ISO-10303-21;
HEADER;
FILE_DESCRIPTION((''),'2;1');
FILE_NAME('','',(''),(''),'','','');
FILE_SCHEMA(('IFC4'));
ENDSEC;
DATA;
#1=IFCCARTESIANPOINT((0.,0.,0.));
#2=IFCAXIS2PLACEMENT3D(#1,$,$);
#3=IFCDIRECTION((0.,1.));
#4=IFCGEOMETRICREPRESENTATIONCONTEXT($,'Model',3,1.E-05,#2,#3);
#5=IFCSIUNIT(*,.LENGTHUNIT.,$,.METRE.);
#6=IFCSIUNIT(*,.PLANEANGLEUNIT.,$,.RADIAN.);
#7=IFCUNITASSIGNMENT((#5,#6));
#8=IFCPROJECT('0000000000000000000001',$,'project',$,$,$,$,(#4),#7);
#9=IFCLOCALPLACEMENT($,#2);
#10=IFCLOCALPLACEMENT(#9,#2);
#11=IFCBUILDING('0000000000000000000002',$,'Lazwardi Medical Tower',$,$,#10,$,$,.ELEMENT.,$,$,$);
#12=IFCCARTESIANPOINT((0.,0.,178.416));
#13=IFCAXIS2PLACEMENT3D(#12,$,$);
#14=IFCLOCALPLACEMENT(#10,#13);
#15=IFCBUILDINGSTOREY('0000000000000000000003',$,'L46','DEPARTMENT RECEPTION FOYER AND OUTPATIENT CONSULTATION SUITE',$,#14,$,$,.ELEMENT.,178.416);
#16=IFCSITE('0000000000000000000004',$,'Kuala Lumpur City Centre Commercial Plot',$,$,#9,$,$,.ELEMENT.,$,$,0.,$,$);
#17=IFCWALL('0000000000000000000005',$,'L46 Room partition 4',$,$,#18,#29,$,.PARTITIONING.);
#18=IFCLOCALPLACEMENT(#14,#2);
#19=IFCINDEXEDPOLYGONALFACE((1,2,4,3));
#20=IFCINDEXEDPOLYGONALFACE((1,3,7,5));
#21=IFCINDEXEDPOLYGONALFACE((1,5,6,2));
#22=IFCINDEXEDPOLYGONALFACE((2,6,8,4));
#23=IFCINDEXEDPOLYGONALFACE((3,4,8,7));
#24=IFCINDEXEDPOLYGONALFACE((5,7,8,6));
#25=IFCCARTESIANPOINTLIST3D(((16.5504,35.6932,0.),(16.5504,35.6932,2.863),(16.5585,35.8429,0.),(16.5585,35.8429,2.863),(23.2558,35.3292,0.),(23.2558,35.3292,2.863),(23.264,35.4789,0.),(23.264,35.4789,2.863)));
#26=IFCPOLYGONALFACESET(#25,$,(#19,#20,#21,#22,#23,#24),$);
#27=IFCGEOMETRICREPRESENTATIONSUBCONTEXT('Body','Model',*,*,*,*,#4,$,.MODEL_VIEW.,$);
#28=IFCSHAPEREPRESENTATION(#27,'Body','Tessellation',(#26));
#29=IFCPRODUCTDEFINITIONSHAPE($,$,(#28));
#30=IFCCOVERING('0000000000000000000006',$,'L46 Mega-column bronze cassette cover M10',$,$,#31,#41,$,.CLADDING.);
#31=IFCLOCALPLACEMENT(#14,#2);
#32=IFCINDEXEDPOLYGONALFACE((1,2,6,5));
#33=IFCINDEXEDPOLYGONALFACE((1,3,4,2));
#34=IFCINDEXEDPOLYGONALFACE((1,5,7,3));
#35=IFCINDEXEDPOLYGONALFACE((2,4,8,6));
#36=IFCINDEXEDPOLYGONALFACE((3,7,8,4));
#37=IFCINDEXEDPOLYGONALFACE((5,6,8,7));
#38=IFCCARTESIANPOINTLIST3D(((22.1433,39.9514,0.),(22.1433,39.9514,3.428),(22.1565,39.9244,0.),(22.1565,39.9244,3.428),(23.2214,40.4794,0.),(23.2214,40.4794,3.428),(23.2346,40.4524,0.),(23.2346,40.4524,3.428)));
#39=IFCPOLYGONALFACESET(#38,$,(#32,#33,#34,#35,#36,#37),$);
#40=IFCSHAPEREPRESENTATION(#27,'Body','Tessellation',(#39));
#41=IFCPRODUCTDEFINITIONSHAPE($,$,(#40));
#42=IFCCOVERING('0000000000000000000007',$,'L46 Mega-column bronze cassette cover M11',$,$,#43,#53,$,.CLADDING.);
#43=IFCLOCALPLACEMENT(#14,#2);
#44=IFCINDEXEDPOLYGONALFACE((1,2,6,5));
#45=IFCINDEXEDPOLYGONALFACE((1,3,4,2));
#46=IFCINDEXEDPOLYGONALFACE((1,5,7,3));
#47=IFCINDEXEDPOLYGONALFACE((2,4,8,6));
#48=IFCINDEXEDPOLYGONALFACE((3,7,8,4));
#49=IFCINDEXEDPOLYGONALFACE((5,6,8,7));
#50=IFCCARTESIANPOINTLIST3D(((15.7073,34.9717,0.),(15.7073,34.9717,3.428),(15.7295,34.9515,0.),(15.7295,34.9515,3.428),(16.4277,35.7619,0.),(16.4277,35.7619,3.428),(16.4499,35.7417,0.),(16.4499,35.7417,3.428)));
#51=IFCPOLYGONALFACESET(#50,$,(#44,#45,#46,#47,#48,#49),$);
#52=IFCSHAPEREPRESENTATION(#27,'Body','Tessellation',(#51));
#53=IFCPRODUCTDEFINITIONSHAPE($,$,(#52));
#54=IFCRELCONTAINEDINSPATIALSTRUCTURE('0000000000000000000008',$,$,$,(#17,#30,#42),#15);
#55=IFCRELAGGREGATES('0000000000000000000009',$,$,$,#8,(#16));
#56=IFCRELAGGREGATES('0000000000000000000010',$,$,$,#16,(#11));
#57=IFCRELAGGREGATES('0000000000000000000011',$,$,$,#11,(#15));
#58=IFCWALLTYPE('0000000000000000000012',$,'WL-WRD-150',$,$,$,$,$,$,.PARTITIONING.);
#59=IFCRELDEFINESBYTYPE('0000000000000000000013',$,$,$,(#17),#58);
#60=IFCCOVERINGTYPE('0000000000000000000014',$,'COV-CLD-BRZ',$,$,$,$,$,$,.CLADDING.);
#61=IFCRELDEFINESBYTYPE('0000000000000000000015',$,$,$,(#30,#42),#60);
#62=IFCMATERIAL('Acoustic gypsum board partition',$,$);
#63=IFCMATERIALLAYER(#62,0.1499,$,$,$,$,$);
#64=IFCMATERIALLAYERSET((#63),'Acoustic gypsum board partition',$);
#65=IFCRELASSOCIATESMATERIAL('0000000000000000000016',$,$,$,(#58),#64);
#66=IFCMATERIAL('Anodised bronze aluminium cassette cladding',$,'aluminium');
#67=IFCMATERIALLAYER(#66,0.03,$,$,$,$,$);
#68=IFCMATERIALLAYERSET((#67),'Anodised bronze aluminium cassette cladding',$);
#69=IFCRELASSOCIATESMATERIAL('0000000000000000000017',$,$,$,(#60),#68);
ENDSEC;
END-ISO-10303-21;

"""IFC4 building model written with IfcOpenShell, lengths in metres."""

from ifc_helpers import new_model, si_unit, direction, frame, frame_2d, origin, origin_2d, place, context, subcontext, project, spatial, rectangle, extrude, material, layer, layer_set, type_object, element, save


model = new_model("IFC4")

# Units and contexts
model_context = context("Model", 3, precision=1e-05, world=origin(), true_north=direction((0.0, 1.0)))
body_context = subcontext(model_context, "Body", "Model", "MODEL_VIEW")
ifc_project = project(units=[si_unit("LENGTHUNIT", "METRE"), si_unit("PLANEANGLEUNIT", "RADIAN")], contexts=[model_context])

# Site, building, storey
site_placement = place(None, origin())
site = spatial("IfcSite", under=ifc_project, at=site_placement, Name="Kuala Lumpur City Centre Commercial Plot", CompositionType="ELEMENT", RefElevation=0.0)
building_placement = place(site_placement, origin())
building = spatial("IfcBuilding", under=site, at=building_placement, Name="Lazwardi Medical Tower", CompositionType="ELEMENT")
storey_placement = place(building_placement, frame((0.0, 0.0, 178.416)))
storey = spatial("IfcBuildingStorey", under=building, at=storey_placement, Name="L46", Description="DEPARTMENT RECEPTION FOYER AND OUTPATIENT CONSULTATION SUITE", CompositionType="ELEMENT", Elevation=178.416)

# Wall
ifc_material_1 = material(Name="Acoustic gypsum board partition")
ifc_layer_1 = layer(ifc_material_1, 0.1499)
ifc_layer_set_1 = layer_set([ifc_layer_1], Name="Acoustic gypsum board partition")
wall_type_1 = type_object("IfcWallType", Name="WL-WRD-150", PredefinedType="PARTITIONING", material=ifc_layer_set_1)
wall_1_placement = place(storey_placement, frame((16.5544, 35.7681, 0.0), z_axis=(0.0, 0.0, 1.0), x_axis=(0.99853, -0.054205, 0.0)))
element("IfcWall", 1, at=wall_1_placement, inside=storey, type_object=wall_type_1, Name="L46 Room partition 4", PredefinedType="PARTITIONING", context=body_context, shape_type="SweptSolid", body=[
    extrude(rectangle(XDim=6.7153, YDim=0.1499, at=frame_2d((3.3577, 0.0))), origin(), (0.0, 0.0, 1.0), 2.863),
])

# Coverings
ifc_material_2 = material(Name="Anodised bronze aluminium cassette cladding", Category="aluminium")
ifc_layer_2 = layer(ifc_material_2, 0.03)
ifc_layer_set_2 = layer_set([ifc_layer_2], Name="Anodised bronze aluminium cassette cladding")
covering_type = type_object("IfcCoveringType", Name="COV-CLD-BRZ", PredefinedType="CLADDING", material=ifc_layer_set_2)
covering_1_placement = place(storey_placement, frame((22.689, 40.2019, 0.0), z_axis=(0.0, 0.0, 1.0), x_axis=(-0.898079, -0.439834, 0.0)))
element("IfcCovering", 2, at=covering_1_placement, inside=storey, type_object=covering_type, Name="L46 Mega-column bronze cassette cover M10", PredefinedType="CLADDING", context=body_context, shape_type="SweptSolid", body=[
    extrude(rectangle(XDim=1.2004, YDim=0.03, at=origin_2d()), origin(), (0.0, 0.0, 1.0), 3.428),
])
covering_2_placement = place(storey_placement, frame((16.0786, 35.3567, 0.0), z_axis=(0.0, 0.0, 1.0), x_axis=(-0.673714, -0.738992, 0.0)))
element("IfcCovering", 3, at=covering_2_placement, inside=storey, type_object=covering_type, Name="L46 Mega-column bronze cassette cover M11", PredefinedType="CLADDING", context=body_context, shape_type="SweptSolid", body=[
    extrude(rectangle(XDim=1.0693, YDim=0.03, at=origin_2d()), origin(), (0.0, 0.0, 1.0), 3.428),
])

save(model, "model.ifc")
